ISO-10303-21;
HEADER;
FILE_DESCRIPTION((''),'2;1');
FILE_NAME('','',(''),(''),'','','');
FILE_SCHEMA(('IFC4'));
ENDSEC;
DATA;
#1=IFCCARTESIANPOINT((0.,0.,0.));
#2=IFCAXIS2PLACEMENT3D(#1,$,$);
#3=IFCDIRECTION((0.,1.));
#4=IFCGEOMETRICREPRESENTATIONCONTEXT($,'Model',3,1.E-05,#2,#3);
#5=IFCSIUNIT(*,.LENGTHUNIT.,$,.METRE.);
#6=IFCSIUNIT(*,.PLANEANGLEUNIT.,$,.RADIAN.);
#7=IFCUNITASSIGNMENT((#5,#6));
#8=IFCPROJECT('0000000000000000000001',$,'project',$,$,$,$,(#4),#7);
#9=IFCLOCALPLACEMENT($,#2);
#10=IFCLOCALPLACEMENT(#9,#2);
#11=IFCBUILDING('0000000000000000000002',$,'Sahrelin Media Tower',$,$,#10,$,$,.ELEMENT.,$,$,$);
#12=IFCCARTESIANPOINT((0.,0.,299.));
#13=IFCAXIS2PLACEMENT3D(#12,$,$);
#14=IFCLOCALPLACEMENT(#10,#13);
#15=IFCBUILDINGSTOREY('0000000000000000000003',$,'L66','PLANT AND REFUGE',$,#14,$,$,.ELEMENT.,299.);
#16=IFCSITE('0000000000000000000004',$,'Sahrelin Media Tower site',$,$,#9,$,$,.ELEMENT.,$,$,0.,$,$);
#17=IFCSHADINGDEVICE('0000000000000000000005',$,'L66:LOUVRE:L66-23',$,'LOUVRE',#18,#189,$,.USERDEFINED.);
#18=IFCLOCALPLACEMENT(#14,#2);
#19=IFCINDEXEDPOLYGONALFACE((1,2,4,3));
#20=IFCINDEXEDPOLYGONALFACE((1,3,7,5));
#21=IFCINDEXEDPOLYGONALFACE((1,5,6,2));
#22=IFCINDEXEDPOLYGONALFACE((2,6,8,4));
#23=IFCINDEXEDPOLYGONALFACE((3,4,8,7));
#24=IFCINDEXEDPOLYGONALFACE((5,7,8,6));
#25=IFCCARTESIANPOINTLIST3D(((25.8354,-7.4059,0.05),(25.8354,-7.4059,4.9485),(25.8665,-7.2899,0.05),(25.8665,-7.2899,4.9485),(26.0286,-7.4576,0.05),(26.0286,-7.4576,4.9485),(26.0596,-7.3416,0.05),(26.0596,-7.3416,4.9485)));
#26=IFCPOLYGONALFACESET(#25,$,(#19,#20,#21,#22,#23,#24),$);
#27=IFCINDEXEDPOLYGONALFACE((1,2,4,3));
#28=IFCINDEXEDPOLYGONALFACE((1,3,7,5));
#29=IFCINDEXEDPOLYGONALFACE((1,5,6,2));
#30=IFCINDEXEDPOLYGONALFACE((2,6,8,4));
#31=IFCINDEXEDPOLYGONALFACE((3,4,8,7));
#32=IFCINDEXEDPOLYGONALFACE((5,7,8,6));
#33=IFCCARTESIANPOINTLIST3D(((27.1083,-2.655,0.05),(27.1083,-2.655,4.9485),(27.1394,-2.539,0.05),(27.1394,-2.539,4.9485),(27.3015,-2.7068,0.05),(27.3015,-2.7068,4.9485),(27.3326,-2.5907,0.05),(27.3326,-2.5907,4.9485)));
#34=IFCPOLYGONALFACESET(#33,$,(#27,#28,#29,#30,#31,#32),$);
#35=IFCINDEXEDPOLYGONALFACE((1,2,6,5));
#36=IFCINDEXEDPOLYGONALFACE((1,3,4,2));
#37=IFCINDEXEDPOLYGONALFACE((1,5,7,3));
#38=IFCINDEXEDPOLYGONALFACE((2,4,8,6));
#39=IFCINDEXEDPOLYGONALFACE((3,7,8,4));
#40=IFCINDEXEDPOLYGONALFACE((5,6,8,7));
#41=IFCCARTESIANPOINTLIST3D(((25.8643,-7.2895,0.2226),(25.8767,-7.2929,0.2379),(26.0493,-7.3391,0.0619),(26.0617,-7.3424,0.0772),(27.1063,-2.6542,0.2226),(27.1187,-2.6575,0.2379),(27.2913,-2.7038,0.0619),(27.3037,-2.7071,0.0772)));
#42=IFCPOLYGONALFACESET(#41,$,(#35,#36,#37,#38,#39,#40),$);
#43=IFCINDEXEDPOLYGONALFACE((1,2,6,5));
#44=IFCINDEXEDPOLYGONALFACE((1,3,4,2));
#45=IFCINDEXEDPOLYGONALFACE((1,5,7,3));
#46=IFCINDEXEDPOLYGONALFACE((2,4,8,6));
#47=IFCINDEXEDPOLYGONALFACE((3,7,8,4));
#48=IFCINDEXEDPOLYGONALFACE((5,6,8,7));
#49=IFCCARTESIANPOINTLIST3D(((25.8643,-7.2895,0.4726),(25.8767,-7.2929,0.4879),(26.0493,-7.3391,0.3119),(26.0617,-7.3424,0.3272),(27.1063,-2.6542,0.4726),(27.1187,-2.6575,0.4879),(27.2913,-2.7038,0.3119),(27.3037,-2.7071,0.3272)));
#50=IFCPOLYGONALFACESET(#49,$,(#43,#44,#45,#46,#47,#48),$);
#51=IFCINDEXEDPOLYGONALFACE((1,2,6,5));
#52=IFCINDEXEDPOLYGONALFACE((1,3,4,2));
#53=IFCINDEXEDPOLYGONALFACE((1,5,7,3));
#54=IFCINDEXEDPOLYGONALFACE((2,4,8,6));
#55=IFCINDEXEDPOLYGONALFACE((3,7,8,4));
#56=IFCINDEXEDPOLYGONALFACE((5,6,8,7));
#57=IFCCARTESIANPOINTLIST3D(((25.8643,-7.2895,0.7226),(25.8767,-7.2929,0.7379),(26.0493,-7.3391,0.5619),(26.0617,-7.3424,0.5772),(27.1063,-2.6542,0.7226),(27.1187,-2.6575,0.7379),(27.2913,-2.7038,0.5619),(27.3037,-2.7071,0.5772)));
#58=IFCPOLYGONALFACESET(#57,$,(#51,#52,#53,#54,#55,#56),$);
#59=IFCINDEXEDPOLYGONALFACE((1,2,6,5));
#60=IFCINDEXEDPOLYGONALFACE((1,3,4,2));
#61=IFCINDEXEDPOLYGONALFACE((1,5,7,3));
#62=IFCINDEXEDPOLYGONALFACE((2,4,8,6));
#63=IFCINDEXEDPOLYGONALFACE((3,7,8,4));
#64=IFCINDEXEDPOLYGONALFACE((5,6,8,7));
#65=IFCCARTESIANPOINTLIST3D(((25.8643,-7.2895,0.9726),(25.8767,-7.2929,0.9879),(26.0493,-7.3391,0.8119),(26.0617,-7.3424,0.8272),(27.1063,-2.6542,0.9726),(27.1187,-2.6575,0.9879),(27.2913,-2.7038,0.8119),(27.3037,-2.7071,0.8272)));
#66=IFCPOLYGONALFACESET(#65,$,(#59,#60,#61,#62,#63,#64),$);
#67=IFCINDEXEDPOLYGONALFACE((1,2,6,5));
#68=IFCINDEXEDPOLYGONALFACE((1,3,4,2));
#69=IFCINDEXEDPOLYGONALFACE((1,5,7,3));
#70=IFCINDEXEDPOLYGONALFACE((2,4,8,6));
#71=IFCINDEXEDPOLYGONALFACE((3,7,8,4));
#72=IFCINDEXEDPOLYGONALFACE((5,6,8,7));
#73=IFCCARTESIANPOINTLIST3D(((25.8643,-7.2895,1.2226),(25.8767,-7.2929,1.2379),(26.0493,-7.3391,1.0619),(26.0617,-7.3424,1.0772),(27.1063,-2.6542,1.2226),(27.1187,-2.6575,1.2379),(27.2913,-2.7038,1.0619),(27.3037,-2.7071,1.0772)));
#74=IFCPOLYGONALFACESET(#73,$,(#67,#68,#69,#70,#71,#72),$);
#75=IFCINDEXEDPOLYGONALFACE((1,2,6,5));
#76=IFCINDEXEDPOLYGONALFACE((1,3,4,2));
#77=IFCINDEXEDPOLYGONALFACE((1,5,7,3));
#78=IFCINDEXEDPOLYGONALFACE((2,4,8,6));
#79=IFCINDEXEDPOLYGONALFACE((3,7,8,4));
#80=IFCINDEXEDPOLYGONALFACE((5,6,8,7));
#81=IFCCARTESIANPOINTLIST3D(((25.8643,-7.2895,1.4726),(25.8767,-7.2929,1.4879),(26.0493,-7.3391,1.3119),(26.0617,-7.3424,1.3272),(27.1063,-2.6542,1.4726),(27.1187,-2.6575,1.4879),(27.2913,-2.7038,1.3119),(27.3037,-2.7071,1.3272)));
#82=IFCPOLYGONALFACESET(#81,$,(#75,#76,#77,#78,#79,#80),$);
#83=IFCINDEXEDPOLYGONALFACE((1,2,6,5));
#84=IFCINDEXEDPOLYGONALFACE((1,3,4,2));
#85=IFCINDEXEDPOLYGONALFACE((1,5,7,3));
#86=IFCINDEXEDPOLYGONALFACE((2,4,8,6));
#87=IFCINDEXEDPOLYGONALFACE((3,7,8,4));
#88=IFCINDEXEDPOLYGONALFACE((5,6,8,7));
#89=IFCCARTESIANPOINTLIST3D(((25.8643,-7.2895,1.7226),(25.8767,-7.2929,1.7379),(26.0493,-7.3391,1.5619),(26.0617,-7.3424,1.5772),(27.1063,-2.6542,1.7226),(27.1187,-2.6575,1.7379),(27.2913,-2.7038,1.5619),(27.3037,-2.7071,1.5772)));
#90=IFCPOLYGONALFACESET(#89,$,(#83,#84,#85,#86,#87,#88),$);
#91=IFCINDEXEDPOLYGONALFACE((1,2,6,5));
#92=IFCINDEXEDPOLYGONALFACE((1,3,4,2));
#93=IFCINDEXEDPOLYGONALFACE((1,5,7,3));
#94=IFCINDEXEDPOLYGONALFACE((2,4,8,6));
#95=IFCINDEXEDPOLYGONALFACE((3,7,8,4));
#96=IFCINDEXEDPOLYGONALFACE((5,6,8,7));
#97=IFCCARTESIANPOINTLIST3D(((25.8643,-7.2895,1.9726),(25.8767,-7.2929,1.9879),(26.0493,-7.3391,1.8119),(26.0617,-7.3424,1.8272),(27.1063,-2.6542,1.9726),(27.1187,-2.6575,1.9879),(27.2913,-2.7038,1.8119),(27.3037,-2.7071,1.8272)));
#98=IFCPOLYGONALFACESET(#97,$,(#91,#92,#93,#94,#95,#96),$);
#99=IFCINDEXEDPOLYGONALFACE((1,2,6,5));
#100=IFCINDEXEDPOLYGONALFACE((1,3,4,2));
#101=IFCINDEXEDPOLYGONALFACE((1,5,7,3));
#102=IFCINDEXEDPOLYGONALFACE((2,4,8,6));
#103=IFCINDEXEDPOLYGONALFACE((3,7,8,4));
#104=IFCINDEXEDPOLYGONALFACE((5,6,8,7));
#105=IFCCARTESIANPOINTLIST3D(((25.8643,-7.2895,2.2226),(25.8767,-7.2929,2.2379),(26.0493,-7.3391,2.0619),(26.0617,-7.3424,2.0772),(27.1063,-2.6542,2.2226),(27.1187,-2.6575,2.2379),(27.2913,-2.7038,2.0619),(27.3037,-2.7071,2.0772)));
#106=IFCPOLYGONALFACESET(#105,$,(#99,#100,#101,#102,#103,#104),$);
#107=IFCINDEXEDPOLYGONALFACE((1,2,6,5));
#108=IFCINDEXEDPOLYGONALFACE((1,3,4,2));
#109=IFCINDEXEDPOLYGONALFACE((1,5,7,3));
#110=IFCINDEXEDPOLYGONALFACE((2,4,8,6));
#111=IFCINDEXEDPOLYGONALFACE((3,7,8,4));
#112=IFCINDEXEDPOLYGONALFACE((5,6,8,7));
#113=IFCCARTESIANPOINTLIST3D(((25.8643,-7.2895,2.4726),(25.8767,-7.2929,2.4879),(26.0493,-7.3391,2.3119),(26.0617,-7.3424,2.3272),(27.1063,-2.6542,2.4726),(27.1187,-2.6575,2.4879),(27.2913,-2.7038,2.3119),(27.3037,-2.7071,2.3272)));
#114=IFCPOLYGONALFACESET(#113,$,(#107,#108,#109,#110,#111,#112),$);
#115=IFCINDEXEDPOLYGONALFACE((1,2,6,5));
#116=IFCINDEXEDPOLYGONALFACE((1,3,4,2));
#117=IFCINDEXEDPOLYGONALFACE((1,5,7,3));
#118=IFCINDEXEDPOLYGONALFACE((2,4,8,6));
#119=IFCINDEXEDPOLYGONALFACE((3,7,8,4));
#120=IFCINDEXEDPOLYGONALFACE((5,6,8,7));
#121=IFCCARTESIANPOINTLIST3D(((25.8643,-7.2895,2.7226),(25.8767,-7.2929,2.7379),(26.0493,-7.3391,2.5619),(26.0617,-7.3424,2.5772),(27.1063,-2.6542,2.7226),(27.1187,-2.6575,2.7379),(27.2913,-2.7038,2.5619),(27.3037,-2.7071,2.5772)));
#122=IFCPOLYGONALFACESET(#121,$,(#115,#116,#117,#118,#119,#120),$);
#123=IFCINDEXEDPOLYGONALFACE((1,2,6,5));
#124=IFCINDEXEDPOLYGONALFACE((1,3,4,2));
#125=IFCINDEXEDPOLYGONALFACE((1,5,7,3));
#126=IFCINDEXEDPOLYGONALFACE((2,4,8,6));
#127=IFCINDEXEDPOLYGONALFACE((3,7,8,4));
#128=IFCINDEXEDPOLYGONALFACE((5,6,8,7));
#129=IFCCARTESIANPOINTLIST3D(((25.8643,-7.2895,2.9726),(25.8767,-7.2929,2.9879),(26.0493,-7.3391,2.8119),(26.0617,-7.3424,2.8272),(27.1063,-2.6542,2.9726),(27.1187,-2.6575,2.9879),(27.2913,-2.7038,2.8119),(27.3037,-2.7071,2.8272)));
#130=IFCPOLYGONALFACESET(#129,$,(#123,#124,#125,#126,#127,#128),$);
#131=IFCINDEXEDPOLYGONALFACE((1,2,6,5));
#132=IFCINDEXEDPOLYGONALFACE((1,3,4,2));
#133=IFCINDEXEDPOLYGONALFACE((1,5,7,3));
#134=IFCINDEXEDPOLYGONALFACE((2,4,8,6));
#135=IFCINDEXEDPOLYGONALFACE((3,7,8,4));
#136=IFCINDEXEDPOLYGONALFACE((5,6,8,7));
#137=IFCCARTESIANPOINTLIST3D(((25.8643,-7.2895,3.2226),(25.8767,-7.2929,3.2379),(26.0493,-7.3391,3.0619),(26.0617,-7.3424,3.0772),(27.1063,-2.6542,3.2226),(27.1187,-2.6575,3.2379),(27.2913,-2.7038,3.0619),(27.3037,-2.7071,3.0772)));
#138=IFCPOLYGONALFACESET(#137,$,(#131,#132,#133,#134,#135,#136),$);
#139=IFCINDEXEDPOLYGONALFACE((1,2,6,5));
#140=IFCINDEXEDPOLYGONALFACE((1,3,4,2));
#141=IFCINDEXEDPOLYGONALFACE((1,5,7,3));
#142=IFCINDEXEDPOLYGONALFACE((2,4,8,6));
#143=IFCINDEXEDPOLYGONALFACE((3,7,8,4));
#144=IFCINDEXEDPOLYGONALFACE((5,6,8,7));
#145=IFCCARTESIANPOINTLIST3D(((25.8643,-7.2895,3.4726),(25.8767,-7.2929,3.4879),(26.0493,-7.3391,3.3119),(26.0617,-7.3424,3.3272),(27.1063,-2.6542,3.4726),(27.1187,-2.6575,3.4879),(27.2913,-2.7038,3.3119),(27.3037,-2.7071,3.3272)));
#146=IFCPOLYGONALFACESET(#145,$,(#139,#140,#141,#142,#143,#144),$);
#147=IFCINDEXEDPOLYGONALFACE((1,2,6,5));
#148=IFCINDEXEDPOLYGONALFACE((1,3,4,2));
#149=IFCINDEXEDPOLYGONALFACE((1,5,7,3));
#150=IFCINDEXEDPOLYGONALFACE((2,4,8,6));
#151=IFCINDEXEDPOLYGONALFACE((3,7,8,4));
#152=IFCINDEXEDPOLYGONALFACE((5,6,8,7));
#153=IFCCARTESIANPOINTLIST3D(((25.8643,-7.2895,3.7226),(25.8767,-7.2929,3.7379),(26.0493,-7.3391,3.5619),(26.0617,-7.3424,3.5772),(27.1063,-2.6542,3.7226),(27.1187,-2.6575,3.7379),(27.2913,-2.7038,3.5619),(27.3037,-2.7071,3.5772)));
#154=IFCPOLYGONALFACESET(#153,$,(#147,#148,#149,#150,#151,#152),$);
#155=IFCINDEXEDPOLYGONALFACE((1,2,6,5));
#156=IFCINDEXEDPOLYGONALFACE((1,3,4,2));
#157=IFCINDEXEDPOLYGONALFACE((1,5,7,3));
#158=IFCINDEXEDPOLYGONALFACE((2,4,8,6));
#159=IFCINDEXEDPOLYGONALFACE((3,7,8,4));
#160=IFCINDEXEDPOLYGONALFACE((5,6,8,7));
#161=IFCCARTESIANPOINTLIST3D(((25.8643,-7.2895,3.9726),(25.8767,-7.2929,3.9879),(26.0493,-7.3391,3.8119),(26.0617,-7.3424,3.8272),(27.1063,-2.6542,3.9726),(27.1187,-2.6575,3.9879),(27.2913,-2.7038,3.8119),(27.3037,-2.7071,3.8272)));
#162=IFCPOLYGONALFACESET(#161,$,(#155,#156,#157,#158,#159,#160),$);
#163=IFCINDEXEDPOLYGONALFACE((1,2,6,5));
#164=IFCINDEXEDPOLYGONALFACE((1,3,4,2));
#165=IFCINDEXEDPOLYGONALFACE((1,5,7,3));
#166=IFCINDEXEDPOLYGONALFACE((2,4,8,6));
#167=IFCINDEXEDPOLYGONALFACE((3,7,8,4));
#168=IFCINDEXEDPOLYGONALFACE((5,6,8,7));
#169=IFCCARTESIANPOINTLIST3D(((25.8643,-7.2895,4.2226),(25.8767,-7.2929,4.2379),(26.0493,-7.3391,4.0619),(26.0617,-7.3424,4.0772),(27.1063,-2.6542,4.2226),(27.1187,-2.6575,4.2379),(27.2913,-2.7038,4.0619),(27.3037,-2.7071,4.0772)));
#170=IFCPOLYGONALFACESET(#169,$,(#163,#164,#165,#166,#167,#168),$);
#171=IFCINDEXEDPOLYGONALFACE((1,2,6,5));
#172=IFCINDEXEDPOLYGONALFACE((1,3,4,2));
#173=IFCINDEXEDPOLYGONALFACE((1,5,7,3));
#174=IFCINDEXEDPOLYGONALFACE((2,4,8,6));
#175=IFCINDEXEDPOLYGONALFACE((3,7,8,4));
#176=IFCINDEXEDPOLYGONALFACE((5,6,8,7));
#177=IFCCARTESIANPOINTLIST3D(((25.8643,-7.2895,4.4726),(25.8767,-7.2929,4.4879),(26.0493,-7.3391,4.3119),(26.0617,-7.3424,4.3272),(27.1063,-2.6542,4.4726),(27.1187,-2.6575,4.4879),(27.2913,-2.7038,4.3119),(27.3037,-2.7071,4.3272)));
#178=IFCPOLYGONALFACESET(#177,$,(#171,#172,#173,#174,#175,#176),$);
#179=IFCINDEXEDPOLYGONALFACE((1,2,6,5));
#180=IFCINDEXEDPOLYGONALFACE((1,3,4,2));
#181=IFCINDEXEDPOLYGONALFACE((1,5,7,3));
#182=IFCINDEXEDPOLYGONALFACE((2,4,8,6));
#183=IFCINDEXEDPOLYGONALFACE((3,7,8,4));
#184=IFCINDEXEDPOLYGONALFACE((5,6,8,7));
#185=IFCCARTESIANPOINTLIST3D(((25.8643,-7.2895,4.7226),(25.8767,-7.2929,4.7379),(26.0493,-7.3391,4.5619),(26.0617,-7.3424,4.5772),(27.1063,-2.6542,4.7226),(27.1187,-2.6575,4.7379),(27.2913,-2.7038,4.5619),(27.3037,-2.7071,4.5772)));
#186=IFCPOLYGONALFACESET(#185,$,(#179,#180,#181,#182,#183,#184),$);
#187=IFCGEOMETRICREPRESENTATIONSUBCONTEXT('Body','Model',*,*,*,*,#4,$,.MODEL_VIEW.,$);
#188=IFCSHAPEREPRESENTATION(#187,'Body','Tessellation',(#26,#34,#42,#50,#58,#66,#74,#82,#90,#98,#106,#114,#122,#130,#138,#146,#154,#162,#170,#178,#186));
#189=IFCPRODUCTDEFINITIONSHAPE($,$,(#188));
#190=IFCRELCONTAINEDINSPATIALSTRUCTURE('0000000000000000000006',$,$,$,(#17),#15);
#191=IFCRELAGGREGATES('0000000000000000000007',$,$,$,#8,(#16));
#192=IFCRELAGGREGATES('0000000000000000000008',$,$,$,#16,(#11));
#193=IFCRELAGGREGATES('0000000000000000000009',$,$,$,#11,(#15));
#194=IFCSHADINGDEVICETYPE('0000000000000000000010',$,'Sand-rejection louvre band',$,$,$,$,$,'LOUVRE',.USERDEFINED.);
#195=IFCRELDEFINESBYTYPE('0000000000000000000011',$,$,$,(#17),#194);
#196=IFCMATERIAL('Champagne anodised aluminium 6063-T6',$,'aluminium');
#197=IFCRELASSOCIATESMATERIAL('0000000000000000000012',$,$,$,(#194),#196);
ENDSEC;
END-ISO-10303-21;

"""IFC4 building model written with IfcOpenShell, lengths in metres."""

from ifc_helpers import new_model, si_unit, direction, frame, origin, origin_2d, place, context, subcontext, project, spatial, rectangle, extrude, material, type_object, element, save


model = new_model("IFC4")

# Units and contexts
model_context = context("Model", 3, precision=1e-05, world=origin(), true_north=direction((0.0, 1.0)))
body_context = subcontext(model_context, "Body", "Model", "MODEL_VIEW")
ifc_project = project(units=[si_unit("LENGTHUNIT", "METRE"), si_unit("PLANEANGLEUNIT", "RADIAN")], contexts=[model_context])

# Site, building, storey
site_placement = place(None, origin())
site = spatial("IfcSite", under=ifc_project, at=site_placement, Name="Sahrelin Media Tower site", CompositionType="ELEMENT", RefElevation=0.0)
building_placement = place(site_placement, origin())
building = spatial("IfcBuilding", under=site, at=building_placement, Name="Sahrelin Media Tower", CompositionType="ELEMENT")
storey_placement = place(building_placement, frame((0.0, 0.0, 299.0)))
storey = spatial("IfcBuildingStorey", under=building, at=storey_placement, Name="L66", Description="PLANT AND REFUGE", CompositionType="ELEMENT", Elevation=299.0)

# Shading device
ifc_material_1 = material(Name="Champagne anodised aluminium 6063-T6", Category="aluminium")
shading_device_type = type_object("IfcShadingDeviceType", Name="Sand-rejection louvre band", ElementType="LOUVRE", PredefinedType="USERDEFINED", material=ifc_material_1)
shading_device_1_placement = place(storey_placement, frame((26.4873, -4.9724, 0.0), z_axis=(0.0, 0.0, 1.0), x_axis=(-0.258808, -0.965929, 0.0)))
element("IfcShadingDevice", 1, at=shading_device_1_placement, inside=storey, type_object=shading_device_type, Name="L66:LOUVRE:L66-23", ObjectType="LOUVRE", PredefinedType="USERDEFINED", context=body_context, shape_type="SweptSolid", body=[
    extrude(rectangle(XDim=0.1201, YDim=0.2, at=origin_2d()), frame((2.4592, 0.1001, 0.05), z_axis=(0.0, 0.0, 1.0), x_axis=(1.0, 0.0, 0.0)), (0.0, 0.0, 1.0), 4.8984),
    extrude(rectangle(XDim=0.1201, YDim=0.2, at=origin_2d()), frame((-2.4592, 0.1001, 0.05), z_axis=(0.0, 0.0, 1.0), x_axis=(1.0, 0.0, 0.0)), (0.0, 0.0, 1.0), 4.8984),
    extrude(rectangle(XDim=0.25, YDim=0.02, at=origin_2d()), frame((2.3994, 0.1001, 0.1499), z_axis=(-1.0, 0.0, 0.0), x_axis=(0.0, -0.766044, 0.642788)), (0.0, 0.0, 1.0), 4.7988),
    extrude(rectangle(XDim=0.25, YDim=0.02, at=origin_2d()), frame((2.3994, 0.1001, 0.3999), z_axis=(-1.0, 0.0, 0.0), x_axis=(0.0, -0.766044, 0.642788)), (0.0, 0.0, 1.0), 4.7988),
    extrude(rectangle(XDim=0.25, YDim=0.02, at=origin_2d()), frame((2.3994, 0.1001, 0.6499), z_axis=(-1.0, 0.0, 0.0), x_axis=(0.0, -0.766044, 0.642788)), (0.0, 0.0, 1.0), 4.7988),
    extrude(rectangle(XDim=0.25, YDim=0.02, at=origin_2d()), frame((2.3994, 0.1001, 0.8999), z_axis=(-1.0, 0.0, 0.0), x_axis=(0.0, -0.766044, 0.642788)), (0.0, 0.0, 1.0), 4.7988),
    extrude(rectangle(XDim=0.25, YDim=0.02, at=origin_2d()), frame((2.3994, 0.1001, 1.1499), z_axis=(-1.0, 0.0, 0.0), x_axis=(0.0, -0.766044, 0.642788)), (0.0, 0.0, 1.0), 4.7988),
    extrude(rectangle(XDim=0.25, YDim=0.02, at=origin_2d()), frame((2.3994, 0.1001, 1.3999), z_axis=(-1.0, 0.0, 0.0), x_axis=(0.0, -0.766044, 0.642788)), (0.0, 0.0, 1.0), 4.7988),
    extrude(rectangle(XDim=0.25, YDim=0.02, at=origin_2d()), frame((2.3994, 0.1001, 1.6499), z_axis=(-1.0, 0.0, 0.0), x_axis=(0.0, -0.766044, 0.642788)), (0.0, 0.0, 1.0), 4.7988),
    extrude(rectangle(XDim=0.25, YDim=0.02, at=origin_2d()), frame((2.3994, 0.1001, 1.8999), z_axis=(-1.0, 0.0, 0.0), x_axis=(0.0, -0.766044, 0.642788)), (0.0, 0.0, 1.0), 4.7988),
    extrude(rectangle(XDim=0.25, YDim=0.02, at=origin_2d()), frame((2.3994, 0.1001, 2.1499), z_axis=(-1.0, 0.0, 0.0), x_axis=(0.0, -0.766044, 0.642788)), (0.0, 0.0, 1.0), 4.7988),
    extrude(rectangle(XDim=0.25, YDim=0.02, at=origin_2d()), frame((2.3994, 0.1001, 2.3999), z_axis=(-1.0, 0.0, 0.0), x_axis=(0.0, -0.766044, 0.642788)), (0.0, 0.0, 1.0), 4.7988),
    extrude(rectangle(XDim=0.25, YDim=0.02, at=origin_2d()), frame((2.3994, 0.1001, 2.6499), z_axis=(-1.0, 0.0, 0.0), x_axis=(0.0, -0.766044, 0.642788)), (0.0, 0.0, 1.0), 4.7988),
    extrude(rectangle(XDim=0.25, YDim=0.02, at=origin_2d()), frame((2.3994, 0.1001, 2.8999), z_axis=(-1.0, 0.0, 0.0), x_axis=(0.0, -0.766044, 0.642788)), (0.0, 0.0, 1.0), 4.7988),
    extrude(rectangle(XDim=0.25, YDim=0.02, at=origin_2d()), frame((2.3994, 0.1001, 3.1499), z_axis=(-1.0, 0.0, 0.0), x_axis=(0.0, -0.766044, 0.642788)), (0.0, 0.0, 1.0), 4.7988),
    extrude(rectangle(XDim=0.25, YDim=0.02, at=origin_2d()), frame((2.3994, 0.1001, 3.3999), z_axis=(-1.0, 0.0, 0.0), x_axis=(0.0, -0.766044, 0.642788)), (0.0, 0.0, 1.0), 4.7988),
    extrude(rectangle(XDim=0.25, YDim=0.02, at=origin_2d()), frame((2.3994, 0.1001, 3.6499), z_axis=(-1.0, 0.0, 0.0), x_axis=(0.0, -0.766044, 0.642788)), (0.0, 0.0, 1.0), 4.7988),
    extrude(rectangle(XDim=0.25, YDim=0.02, at=origin_2d()), frame((2.3994, 0.1001, 3.8999), z_axis=(-1.0, 0.0, 0.0), x_axis=(0.0, -0.766044, 0.642788)), (0.0, 0.0, 1.0), 4.7988),
    extrude(rectangle(XDim=0.25, YDim=0.02, at=origin_2d()), frame((2.3994, 0.1001, 4.1499), z_axis=(-1.0, 0.0, 0.0), x_axis=(0.0, -0.766044, 0.642788)), (0.0, 0.0, 1.0), 4.7988),
    extrude(rectangle(XDim=0.25, YDim=0.02, at=origin_2d()), frame((2.3994, 0.1001, 4.3999), z_axis=(-1.0, 0.0, 0.0), x_axis=(0.0, -0.766044, 0.642788)), (0.0, 0.0, 1.0), 4.7988),
    extrude(rectangle(XDim=0.25, YDim=0.02, at=origin_2d()), frame((2.3994, 0.1001, 4.6499), z_axis=(-1.0, 0.0, 0.0), x_axis=(0.0, -0.766044, 0.642788)), (0.0, 0.0, 1.0), 4.7988),
])

save(model, "model.ifc")
